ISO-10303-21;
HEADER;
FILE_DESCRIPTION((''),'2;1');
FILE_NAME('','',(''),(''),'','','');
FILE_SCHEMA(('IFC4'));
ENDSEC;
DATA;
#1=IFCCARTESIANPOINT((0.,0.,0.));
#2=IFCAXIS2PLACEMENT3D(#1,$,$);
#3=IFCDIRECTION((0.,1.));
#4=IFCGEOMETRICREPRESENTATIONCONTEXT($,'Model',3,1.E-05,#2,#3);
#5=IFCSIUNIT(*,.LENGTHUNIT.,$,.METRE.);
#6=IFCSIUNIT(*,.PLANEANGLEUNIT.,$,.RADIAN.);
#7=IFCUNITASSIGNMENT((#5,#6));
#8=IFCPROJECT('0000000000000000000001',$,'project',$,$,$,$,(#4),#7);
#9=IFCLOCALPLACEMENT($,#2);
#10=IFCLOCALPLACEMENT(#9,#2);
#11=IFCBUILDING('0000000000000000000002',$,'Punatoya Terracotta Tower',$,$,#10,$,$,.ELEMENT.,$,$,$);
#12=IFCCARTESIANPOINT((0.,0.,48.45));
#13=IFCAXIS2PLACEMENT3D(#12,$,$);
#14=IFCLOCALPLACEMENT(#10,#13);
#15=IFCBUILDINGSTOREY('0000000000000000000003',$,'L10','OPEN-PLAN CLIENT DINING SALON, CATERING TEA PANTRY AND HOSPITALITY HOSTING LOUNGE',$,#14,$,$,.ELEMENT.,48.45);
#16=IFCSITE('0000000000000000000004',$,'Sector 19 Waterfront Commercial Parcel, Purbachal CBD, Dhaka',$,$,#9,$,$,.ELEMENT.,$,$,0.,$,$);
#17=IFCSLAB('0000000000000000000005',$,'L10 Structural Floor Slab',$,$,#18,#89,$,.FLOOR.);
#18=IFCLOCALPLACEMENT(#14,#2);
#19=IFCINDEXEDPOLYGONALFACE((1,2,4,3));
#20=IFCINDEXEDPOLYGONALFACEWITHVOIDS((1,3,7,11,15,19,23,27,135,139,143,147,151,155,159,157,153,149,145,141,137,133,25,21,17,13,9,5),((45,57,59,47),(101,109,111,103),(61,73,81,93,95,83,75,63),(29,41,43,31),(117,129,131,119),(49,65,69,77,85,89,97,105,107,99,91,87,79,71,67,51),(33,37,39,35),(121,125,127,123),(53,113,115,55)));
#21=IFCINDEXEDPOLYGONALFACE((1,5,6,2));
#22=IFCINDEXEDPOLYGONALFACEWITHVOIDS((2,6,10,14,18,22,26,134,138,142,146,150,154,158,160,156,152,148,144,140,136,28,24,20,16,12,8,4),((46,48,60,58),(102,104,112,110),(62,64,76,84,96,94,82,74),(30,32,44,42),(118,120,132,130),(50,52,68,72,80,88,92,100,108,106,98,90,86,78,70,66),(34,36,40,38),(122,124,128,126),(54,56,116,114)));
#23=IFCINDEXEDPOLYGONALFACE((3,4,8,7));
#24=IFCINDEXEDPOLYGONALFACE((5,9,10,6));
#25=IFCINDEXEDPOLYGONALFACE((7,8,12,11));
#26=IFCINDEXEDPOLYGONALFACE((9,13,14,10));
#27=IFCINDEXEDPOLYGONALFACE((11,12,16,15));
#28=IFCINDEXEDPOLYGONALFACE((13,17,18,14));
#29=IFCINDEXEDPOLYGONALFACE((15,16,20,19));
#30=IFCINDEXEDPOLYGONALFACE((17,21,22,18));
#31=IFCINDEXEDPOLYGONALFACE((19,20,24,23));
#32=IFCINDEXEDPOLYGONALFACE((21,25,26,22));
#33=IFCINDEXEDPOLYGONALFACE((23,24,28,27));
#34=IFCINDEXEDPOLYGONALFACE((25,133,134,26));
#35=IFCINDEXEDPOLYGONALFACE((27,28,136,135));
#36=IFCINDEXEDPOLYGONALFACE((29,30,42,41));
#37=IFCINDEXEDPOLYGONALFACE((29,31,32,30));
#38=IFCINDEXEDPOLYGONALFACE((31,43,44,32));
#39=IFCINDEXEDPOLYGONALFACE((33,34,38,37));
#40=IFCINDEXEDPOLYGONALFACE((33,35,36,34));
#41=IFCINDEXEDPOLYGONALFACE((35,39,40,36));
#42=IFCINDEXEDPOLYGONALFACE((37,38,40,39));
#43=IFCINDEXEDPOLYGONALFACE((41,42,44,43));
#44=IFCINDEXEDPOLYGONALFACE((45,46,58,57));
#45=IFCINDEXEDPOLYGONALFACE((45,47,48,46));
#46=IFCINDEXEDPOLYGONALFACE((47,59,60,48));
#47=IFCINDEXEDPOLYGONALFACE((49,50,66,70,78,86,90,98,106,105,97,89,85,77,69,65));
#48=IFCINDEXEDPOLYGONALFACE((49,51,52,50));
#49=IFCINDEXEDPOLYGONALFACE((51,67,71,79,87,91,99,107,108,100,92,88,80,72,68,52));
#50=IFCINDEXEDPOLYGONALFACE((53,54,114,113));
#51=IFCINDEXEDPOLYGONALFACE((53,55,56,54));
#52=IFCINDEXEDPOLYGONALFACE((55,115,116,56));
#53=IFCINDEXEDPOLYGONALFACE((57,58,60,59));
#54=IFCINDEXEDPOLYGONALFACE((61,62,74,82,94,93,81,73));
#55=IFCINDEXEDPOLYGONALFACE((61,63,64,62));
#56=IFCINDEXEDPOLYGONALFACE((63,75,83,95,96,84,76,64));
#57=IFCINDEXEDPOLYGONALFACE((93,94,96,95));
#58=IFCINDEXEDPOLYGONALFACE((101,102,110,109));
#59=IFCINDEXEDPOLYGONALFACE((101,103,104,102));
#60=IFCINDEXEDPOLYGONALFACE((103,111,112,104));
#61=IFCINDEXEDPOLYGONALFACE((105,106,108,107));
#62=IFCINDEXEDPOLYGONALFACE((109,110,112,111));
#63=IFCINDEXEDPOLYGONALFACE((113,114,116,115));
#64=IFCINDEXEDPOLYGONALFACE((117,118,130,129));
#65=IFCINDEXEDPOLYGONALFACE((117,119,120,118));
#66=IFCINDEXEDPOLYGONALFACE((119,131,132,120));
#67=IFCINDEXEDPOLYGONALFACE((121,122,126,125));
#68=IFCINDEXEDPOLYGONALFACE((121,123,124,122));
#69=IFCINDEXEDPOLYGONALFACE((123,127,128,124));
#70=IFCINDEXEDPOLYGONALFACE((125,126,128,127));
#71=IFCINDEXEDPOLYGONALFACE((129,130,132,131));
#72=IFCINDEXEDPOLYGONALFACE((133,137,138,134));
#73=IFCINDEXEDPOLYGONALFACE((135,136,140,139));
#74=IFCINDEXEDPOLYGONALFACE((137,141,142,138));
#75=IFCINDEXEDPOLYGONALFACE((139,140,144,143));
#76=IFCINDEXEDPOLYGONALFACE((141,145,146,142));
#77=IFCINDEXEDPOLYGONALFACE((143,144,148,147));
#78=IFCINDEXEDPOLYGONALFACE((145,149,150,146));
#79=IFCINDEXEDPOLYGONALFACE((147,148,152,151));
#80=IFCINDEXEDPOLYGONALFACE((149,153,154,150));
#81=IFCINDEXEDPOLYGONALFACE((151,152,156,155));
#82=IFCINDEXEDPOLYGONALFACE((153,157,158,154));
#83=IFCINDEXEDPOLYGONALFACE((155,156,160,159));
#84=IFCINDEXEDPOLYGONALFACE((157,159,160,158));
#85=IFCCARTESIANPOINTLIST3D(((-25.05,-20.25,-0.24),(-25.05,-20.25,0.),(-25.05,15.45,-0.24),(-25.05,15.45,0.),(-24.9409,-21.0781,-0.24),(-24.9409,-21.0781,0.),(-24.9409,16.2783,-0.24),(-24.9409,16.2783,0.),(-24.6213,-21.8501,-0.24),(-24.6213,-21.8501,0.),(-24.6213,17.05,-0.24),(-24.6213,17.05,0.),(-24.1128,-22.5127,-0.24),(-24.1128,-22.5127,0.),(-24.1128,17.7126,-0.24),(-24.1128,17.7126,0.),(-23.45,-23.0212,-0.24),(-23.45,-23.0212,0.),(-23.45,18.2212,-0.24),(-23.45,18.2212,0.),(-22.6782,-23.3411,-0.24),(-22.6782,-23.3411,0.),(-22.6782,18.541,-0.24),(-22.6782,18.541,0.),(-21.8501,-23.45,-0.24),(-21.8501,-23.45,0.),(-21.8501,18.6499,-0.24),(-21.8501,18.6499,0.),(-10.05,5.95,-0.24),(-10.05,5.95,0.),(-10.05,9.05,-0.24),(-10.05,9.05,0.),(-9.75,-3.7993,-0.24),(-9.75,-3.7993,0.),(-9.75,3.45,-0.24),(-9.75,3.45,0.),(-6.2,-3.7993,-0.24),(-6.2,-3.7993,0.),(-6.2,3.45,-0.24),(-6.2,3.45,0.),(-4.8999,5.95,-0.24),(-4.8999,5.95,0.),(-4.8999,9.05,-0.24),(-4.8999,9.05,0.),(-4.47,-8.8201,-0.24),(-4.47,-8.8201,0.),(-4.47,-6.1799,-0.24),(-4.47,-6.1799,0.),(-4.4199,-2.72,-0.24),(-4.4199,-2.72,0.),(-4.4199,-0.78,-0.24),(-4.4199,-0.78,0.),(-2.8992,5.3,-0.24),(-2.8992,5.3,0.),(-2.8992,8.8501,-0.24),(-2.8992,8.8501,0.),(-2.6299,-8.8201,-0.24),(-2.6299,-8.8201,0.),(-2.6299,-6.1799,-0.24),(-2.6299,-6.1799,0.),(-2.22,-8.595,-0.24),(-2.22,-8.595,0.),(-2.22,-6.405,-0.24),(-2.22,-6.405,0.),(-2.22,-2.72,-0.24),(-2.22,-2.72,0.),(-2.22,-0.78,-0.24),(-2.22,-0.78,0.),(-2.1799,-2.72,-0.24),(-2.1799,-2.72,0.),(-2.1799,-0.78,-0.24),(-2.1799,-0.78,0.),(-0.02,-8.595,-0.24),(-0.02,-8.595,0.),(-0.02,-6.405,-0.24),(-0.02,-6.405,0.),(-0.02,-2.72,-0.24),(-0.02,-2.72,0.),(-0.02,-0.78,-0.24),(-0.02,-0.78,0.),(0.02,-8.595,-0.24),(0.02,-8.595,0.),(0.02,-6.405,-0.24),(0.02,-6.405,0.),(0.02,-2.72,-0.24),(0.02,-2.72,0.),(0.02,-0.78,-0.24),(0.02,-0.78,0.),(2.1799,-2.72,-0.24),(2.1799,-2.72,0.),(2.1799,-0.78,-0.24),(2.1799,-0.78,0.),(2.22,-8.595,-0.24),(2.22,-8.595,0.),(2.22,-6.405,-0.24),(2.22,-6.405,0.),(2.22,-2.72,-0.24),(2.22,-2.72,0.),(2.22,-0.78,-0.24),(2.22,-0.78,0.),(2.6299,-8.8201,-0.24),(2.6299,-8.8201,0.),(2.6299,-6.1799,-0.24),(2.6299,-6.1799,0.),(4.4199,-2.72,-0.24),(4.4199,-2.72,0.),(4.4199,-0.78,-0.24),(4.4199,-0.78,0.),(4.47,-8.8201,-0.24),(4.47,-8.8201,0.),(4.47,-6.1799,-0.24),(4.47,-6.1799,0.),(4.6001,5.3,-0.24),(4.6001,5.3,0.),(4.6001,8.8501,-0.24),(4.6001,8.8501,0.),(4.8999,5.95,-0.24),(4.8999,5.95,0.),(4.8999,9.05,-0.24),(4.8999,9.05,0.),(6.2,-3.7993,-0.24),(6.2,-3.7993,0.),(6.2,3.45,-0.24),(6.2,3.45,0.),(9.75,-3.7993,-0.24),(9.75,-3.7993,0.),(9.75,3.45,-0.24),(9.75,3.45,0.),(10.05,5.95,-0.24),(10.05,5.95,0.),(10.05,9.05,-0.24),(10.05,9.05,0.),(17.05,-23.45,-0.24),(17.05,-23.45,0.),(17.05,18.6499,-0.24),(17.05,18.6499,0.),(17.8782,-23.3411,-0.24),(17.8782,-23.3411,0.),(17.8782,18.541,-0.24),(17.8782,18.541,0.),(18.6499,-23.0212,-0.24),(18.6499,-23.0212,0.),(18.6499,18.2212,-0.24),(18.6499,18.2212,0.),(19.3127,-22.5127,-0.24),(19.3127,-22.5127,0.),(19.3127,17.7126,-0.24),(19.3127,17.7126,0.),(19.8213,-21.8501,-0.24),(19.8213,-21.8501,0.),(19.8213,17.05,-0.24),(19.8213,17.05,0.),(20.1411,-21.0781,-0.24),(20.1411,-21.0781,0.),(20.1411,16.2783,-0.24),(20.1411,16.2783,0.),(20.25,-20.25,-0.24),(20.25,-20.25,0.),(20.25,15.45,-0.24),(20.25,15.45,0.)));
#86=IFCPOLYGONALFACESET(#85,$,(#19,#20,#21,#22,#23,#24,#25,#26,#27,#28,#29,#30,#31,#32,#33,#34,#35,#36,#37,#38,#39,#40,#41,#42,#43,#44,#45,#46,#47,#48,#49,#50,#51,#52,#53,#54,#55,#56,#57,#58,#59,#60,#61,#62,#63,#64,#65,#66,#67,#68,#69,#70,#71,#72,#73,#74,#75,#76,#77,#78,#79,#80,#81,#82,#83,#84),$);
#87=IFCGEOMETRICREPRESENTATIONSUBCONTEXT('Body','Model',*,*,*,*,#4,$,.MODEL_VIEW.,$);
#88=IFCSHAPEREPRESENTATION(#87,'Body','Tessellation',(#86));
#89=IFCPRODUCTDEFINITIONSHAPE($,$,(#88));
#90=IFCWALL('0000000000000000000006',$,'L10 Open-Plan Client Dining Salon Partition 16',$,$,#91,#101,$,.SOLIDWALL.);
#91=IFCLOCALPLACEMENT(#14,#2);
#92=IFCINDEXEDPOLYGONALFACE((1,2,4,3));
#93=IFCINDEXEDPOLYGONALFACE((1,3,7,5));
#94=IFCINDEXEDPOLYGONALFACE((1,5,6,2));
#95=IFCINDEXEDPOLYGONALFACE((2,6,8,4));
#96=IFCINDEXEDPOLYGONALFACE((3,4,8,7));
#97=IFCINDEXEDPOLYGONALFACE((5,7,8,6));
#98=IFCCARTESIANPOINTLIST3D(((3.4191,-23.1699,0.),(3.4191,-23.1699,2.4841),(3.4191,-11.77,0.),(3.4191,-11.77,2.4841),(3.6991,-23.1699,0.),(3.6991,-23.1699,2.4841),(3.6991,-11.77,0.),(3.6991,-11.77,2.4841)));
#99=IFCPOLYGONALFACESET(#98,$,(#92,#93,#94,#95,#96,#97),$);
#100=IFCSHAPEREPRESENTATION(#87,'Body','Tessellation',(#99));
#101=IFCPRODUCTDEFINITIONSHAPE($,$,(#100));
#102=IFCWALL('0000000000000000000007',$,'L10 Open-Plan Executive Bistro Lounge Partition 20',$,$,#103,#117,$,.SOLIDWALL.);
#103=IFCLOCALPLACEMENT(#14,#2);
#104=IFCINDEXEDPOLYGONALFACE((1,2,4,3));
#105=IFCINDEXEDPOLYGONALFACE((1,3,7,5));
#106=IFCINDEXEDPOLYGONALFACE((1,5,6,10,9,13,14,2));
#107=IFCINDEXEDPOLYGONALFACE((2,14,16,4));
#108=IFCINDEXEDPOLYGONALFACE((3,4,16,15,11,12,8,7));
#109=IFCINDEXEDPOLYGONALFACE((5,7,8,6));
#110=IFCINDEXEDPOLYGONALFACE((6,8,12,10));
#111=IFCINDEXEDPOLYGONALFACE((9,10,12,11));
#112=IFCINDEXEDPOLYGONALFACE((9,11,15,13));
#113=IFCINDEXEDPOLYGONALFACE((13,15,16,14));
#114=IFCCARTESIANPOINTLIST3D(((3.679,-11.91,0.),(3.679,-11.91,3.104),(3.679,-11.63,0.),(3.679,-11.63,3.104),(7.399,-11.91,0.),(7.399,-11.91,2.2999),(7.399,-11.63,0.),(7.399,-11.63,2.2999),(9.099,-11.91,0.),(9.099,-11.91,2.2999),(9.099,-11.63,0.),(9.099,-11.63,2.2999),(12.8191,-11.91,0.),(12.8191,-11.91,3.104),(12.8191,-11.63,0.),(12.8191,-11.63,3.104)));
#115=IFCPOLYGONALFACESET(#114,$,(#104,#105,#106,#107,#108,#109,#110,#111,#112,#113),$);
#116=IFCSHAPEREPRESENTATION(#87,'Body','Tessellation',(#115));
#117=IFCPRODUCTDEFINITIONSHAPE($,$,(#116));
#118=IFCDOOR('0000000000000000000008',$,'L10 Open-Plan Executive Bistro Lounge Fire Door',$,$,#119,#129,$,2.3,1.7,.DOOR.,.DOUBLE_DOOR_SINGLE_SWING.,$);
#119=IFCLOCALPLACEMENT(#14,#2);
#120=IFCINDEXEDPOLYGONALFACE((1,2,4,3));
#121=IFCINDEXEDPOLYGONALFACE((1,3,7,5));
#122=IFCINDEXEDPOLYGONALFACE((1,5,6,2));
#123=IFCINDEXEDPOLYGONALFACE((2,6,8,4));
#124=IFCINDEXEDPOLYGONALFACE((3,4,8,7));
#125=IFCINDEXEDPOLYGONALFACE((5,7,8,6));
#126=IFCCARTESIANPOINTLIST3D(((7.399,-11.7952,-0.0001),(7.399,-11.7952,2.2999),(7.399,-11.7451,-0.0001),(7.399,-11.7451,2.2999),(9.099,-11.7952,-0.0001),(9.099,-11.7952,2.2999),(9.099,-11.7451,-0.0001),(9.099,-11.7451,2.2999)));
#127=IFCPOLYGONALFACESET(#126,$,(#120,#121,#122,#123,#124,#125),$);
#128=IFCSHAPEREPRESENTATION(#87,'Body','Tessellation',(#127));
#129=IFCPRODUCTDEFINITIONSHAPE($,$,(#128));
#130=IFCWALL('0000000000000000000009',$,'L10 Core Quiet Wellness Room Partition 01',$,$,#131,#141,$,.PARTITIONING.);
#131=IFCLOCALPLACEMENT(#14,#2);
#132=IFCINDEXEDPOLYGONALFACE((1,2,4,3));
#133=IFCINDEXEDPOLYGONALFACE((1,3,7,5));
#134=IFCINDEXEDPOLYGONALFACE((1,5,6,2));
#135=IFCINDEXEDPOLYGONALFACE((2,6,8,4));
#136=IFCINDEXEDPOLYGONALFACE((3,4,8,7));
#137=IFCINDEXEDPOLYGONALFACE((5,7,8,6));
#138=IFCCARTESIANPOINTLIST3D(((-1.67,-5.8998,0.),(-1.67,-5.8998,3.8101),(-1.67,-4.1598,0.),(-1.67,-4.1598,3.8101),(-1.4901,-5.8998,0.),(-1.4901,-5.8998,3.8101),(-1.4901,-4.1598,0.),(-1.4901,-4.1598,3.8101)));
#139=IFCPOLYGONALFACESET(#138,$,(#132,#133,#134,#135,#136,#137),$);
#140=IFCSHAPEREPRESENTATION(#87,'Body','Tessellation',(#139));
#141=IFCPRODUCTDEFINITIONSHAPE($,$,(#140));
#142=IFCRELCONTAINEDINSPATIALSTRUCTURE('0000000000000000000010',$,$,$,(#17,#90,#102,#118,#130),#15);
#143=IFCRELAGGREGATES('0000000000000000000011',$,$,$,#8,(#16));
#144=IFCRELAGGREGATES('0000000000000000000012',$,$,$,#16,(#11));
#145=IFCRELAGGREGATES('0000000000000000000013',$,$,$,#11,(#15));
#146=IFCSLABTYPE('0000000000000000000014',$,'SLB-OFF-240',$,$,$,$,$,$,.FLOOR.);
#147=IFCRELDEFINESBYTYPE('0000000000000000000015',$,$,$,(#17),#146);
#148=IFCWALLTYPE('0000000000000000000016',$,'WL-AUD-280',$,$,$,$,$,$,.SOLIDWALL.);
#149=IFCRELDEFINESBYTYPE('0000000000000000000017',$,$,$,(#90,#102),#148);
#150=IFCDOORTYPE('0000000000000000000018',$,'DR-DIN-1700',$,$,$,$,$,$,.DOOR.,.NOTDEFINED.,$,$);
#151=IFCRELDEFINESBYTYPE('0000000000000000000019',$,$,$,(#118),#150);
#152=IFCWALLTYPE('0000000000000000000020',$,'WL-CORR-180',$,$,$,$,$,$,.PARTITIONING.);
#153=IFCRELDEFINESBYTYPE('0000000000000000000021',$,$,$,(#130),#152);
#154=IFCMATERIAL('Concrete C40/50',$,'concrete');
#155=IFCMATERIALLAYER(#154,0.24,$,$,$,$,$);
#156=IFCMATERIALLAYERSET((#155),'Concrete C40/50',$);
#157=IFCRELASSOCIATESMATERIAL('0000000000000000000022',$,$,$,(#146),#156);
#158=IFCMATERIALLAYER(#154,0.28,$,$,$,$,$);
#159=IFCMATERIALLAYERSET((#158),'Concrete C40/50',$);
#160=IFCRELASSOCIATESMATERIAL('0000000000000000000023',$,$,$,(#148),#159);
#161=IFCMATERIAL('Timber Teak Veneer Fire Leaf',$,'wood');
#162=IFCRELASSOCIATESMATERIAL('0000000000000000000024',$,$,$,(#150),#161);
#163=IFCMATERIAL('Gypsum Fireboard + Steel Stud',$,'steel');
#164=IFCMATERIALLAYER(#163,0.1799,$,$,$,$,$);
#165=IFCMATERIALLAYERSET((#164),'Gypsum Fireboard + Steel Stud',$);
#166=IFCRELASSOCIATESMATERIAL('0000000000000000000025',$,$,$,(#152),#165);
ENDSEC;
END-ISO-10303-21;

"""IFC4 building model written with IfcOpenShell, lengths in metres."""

from ifc_helpers import new_model, si_unit, direction, frame, frame_2d, origin, place, context, subcontext, project, spatial, polyline, rectangle, outline, extrude, material, layer, layer_set, type_object, element, fill, save


model = new_model("IFC4")

# Units and contexts
model_context = context("Model", 3, precision=1e-05, world=origin(), true_north=direction((0.0, 1.0)))
body_context = subcontext(model_context, "Body", "Model", "MODEL_VIEW")
ifc_project = project(units=[si_unit("LENGTHUNIT", "METRE"), si_unit("PLANEANGLEUNIT", "RADIAN")], contexts=[model_context])

# Site, building, storey
site_placement = place(None, origin())
site = spatial("IfcSite", under=ifc_project, at=site_placement, Name="Sector 19 Waterfront Commercial Parcel, Purbachal CBD, Dhaka", CompositionType="ELEMENT", RefElevation=0.0)
building_placement = place(site_placement, origin())
building = spatial("IfcBuilding", under=site, at=building_placement, Name="Punatoya Terracotta Tower", CompositionType="ELEMENT")
storey_placement = place(building_placement, frame((0.0, 0.0, 48.45)))
storey = spatial("IfcBuildingStorey", under=building, at=storey_placement, Name="L10", Description="OPEN-PLAN CLIENT DINING SALON, CATERING TEA PANTRY AND HOSPITALITY HOSTING LOUNGE", CompositionType="ELEMENT", Elevation=48.45)

# Shared definitions
ifc_material_1 = material(Name="Concrete C40/50", Category="concrete")

# Slab
ifc_layer_1 = layer(ifc_material_1, 0.24)
ifc_layer_set_1 = layer_set([ifc_layer_1], Name="Concrete C40/50")
slab_type_1 = type_object("IfcSlabType", Name="SLB-OFF-240", PredefinedType="FLOOR", material=ifc_layer_set_1)
slab_1_placement = place(storey_placement, frame((0.0, 0.0, -0.24)))
element("IfcSlab", 1, at=slab_1_placement, inside=storey, type_object=slab_type_1, Name="L10 Structural Floor Slab", PredefinedType="FLOOR", context=body_context, shape_type="SweptSolid", body=[
    extrude(outline(polyline([(-21.8501, -23.45), (-22.6782, -23.3411), (-23.45, -23.0212), (-24.1128, -22.5127), (-24.6213, -21.8501), (-24.9409, -21.0781), (-25.05, -20.25), (-25.05, 15.45), (-24.9409, 16.2783), (-24.6213, 17.05), (-24.1128, 17.7126), (-23.45, 18.2212), (-22.6782, 18.541), (-21.8501, 18.6499), (17.05, 18.6499), (17.8782, 18.541), (18.6499, 18.2212), (19.3127, 17.7126), (19.8213, 17.05), (20.1411, 16.2783), (20.25, 15.45), (20.25, -20.25), (20.1411, -21.0781), (19.8213, -21.8501), (19.3127, -22.5127), (18.6499, -23.0212), (17.8782, -23.3411), (17.05, -23.45), (-21.8501, -23.45)]), holes=[polyline([(-2.6299, -6.1799), (-4.47, -6.1799), (-4.47, -8.8201), (-2.6299, -8.8201), (-2.6299, -6.1799)]), polyline([(0.02, -8.595), (2.22, -8.595), (2.22, -6.405), (0.02, -6.405), (-0.02, -6.405), (-2.22, -6.405), (-2.22, -8.595), (-0.02, -8.595), (0.02, -8.595)]), polyline([(-2.22, -2.72), (-2.1799, -2.72), (-0.02, -2.72), (0.02, -2.72), (2.1799, -2.72), (2.22, -2.72), (4.4199, -2.72), (4.4199, -0.78), (2.22, -0.78), (2.1799, -0.78), (0.02, -0.78), (-0.02, -0.78), (-2.1799, -0.78), (-2.22, -0.78), (-4.4199, -0.78), (-4.4199, -2.72), (-2.22, -2.72)]), polyline([(-6.2, 3.45), (-9.75, 3.45), (-9.75, -3.7993), (-6.2, -3.7993), (-6.2, 3.45)]), polyline([(4.6001, 5.3), (4.6001, 8.8501), (-2.8992, 8.8501), (-2.8992, 5.3), (4.6001, 5.3)]), polyline([(-4.8999, 9.05), (-10.05, 9.05), (-10.05, 5.95), (-4.8999, 5.95), (-4.8999, 9.05)]), polyline([(4.47, -8.8201), (4.47, -6.1799), (2.6299, -6.1799), (2.6299, -8.8201), (4.47, -8.8201)]), polyline([(9.75, 3.45), (6.2, 3.45), (6.2, -3.7993), (9.75, -3.7993), (9.75, 3.45)]), polyline([(10.05, 5.95), (10.05, 9.05), (4.8999, 9.05), (4.8999, 5.95), (10.05, 5.95)])]), origin(), (0.0, 0.0, 1.0), 0.24),
])

# Wall
ifc_layer_2 = layer(ifc_material_1, 0.28)
ifc_layer_set_2 = layer_set([ifc_layer_2], Name="Concrete C40/50")
wall_type_1 = type_object("IfcWallType", Name="WL-AUD-280", PredefinedType="SOLIDWALL", material=ifc_layer_set_2)
wall_1_placement = place(storey_placement, frame((3.5591, -11.77, 0.0), z_axis=(0.0, 0.0, 1.0), x_axis=(0.0, -1.0, 0.0)))
element("IfcWall", 2, at=wall_1_placement, inside=storey, type_object=wall_type_1, Name="L10 Open-Plan Client Dining Salon Partition 16", PredefinedType="SOLIDWALL", context=body_context, shape_type="SweptSolid", body=[
    extrude(rectangle(XDim=11.3999, YDim=0.28, at=frame_2d((5.7, 0.0))), origin(), (0.0, 0.0, 1.0), 2.4841),
])

# Wall, opening, door
wall_2_placement = place(storey_placement, frame((3.679, -11.77, 0.0), z_axis=(0.0, 0.0, 1.0), x_axis=(1.0, 0.0, 0.0)))
wall_2 = element("IfcWall", 3, at=wall_2_placement, inside=storey, type_object=wall_type_1, Name="L10 Open-Plan Executive Bistro Lounge Partition 20", PredefinedType="SOLIDWALL", context=body_context, shape_type="SweptSolid", body=[
    extrude(rectangle(XDim=9.1401, YDim=0.28, at=frame_2d((4.5701, 0.0))), origin(), (0.0, 0.0, 1.0), 3.104),
])
opening_1_placement = place(wall_2_placement, frame((3.72, 0.0, 0.0)))
opening_1 = element("IfcOpeningElement", 4, at=opening_1_placement, cuts=wall_2, PredefinedType="OPENING", context=body_context, shape_type="SweptSolid", body=[
    extrude(rectangle(XDim=1.7, YDim=2.3, at=frame_2d((0.8501, 1.1499))), frame((0.0, 0.1499, 0.0), z_axis=(0.0, -1.0, 0.0), x_axis=(1.0, 0.0, 0.0)), (0.0, 0.0, 1.0), 0.3),
])
ifc_material_2 = material(Name="Timber Teak Veneer Fire Leaf", Category="wood")
door_type_1 = type_object("IfcDoorType", Name="DR-DIN-1700", OperationType="NOTDEFINED", PredefinedType="DOOR", material=ifc_material_2)
door_1_placement = place(opening_1_placement, origin())
door_1 = element("IfcDoor", 5, at=door_1_placement, inside=storey, type_object=door_type_1, Name="L10 Open-Plan Executive Bistro Lounge Fire Door", OperationType="DOUBLE_DOOR_SINGLE_SWING", OverallHeight=2.3, OverallWidth=1.7, PredefinedType="DOOR", context=body_context, shape_type="SweptSolid", body=[
    extrude(rectangle(XDim=1.7, YDim=2.3, at=frame_2d((0.8501, 1.1499))), frame((0.0, 0.0249, 0.0), z_axis=(0.0, -1.0, 0.0), x_axis=(1.0, 0.0, 0.0)), (0.0, 0.0, 1.0), 0.05),
])
fill(opening_1, door_1)

# Wall
ifc_material_3 = material(Name="Gypsum Fireboard + Steel Stud", Category="steel")
ifc_layer_3 = layer(ifc_material_3, 0.1799)
ifc_layer_set_3 = layer_set([ifc_layer_3], Name="Gypsum Fireboard + Steel Stud")
wall_type_2 = type_object("IfcWallType", Name="WL-CORR-180", PredefinedType="PARTITIONING", material=ifc_layer_set_3)
wall_3_placement = place(storey_placement, frame((-1.5801, -5.8999, 0.0), z_axis=(0.0, 0.0, 1.0), x_axis=(0.0, 1.0, 0.0)))
element("IfcWall", 6, at=wall_3_placement, inside=storey, type_object=wall_type_2, Name="L10 Core Quiet Wellness Room Partition 01", PredefinedType="PARTITIONING", context=body_context, shape_type="SweptSolid", body=[
    extrude(rectangle(XDim=1.74, YDim=0.1799, at=frame_2d((0.8701, 0.0))), origin(), (0.0, 0.0, 1.0), 3.8101),
])

save(model, "model.ifc")
